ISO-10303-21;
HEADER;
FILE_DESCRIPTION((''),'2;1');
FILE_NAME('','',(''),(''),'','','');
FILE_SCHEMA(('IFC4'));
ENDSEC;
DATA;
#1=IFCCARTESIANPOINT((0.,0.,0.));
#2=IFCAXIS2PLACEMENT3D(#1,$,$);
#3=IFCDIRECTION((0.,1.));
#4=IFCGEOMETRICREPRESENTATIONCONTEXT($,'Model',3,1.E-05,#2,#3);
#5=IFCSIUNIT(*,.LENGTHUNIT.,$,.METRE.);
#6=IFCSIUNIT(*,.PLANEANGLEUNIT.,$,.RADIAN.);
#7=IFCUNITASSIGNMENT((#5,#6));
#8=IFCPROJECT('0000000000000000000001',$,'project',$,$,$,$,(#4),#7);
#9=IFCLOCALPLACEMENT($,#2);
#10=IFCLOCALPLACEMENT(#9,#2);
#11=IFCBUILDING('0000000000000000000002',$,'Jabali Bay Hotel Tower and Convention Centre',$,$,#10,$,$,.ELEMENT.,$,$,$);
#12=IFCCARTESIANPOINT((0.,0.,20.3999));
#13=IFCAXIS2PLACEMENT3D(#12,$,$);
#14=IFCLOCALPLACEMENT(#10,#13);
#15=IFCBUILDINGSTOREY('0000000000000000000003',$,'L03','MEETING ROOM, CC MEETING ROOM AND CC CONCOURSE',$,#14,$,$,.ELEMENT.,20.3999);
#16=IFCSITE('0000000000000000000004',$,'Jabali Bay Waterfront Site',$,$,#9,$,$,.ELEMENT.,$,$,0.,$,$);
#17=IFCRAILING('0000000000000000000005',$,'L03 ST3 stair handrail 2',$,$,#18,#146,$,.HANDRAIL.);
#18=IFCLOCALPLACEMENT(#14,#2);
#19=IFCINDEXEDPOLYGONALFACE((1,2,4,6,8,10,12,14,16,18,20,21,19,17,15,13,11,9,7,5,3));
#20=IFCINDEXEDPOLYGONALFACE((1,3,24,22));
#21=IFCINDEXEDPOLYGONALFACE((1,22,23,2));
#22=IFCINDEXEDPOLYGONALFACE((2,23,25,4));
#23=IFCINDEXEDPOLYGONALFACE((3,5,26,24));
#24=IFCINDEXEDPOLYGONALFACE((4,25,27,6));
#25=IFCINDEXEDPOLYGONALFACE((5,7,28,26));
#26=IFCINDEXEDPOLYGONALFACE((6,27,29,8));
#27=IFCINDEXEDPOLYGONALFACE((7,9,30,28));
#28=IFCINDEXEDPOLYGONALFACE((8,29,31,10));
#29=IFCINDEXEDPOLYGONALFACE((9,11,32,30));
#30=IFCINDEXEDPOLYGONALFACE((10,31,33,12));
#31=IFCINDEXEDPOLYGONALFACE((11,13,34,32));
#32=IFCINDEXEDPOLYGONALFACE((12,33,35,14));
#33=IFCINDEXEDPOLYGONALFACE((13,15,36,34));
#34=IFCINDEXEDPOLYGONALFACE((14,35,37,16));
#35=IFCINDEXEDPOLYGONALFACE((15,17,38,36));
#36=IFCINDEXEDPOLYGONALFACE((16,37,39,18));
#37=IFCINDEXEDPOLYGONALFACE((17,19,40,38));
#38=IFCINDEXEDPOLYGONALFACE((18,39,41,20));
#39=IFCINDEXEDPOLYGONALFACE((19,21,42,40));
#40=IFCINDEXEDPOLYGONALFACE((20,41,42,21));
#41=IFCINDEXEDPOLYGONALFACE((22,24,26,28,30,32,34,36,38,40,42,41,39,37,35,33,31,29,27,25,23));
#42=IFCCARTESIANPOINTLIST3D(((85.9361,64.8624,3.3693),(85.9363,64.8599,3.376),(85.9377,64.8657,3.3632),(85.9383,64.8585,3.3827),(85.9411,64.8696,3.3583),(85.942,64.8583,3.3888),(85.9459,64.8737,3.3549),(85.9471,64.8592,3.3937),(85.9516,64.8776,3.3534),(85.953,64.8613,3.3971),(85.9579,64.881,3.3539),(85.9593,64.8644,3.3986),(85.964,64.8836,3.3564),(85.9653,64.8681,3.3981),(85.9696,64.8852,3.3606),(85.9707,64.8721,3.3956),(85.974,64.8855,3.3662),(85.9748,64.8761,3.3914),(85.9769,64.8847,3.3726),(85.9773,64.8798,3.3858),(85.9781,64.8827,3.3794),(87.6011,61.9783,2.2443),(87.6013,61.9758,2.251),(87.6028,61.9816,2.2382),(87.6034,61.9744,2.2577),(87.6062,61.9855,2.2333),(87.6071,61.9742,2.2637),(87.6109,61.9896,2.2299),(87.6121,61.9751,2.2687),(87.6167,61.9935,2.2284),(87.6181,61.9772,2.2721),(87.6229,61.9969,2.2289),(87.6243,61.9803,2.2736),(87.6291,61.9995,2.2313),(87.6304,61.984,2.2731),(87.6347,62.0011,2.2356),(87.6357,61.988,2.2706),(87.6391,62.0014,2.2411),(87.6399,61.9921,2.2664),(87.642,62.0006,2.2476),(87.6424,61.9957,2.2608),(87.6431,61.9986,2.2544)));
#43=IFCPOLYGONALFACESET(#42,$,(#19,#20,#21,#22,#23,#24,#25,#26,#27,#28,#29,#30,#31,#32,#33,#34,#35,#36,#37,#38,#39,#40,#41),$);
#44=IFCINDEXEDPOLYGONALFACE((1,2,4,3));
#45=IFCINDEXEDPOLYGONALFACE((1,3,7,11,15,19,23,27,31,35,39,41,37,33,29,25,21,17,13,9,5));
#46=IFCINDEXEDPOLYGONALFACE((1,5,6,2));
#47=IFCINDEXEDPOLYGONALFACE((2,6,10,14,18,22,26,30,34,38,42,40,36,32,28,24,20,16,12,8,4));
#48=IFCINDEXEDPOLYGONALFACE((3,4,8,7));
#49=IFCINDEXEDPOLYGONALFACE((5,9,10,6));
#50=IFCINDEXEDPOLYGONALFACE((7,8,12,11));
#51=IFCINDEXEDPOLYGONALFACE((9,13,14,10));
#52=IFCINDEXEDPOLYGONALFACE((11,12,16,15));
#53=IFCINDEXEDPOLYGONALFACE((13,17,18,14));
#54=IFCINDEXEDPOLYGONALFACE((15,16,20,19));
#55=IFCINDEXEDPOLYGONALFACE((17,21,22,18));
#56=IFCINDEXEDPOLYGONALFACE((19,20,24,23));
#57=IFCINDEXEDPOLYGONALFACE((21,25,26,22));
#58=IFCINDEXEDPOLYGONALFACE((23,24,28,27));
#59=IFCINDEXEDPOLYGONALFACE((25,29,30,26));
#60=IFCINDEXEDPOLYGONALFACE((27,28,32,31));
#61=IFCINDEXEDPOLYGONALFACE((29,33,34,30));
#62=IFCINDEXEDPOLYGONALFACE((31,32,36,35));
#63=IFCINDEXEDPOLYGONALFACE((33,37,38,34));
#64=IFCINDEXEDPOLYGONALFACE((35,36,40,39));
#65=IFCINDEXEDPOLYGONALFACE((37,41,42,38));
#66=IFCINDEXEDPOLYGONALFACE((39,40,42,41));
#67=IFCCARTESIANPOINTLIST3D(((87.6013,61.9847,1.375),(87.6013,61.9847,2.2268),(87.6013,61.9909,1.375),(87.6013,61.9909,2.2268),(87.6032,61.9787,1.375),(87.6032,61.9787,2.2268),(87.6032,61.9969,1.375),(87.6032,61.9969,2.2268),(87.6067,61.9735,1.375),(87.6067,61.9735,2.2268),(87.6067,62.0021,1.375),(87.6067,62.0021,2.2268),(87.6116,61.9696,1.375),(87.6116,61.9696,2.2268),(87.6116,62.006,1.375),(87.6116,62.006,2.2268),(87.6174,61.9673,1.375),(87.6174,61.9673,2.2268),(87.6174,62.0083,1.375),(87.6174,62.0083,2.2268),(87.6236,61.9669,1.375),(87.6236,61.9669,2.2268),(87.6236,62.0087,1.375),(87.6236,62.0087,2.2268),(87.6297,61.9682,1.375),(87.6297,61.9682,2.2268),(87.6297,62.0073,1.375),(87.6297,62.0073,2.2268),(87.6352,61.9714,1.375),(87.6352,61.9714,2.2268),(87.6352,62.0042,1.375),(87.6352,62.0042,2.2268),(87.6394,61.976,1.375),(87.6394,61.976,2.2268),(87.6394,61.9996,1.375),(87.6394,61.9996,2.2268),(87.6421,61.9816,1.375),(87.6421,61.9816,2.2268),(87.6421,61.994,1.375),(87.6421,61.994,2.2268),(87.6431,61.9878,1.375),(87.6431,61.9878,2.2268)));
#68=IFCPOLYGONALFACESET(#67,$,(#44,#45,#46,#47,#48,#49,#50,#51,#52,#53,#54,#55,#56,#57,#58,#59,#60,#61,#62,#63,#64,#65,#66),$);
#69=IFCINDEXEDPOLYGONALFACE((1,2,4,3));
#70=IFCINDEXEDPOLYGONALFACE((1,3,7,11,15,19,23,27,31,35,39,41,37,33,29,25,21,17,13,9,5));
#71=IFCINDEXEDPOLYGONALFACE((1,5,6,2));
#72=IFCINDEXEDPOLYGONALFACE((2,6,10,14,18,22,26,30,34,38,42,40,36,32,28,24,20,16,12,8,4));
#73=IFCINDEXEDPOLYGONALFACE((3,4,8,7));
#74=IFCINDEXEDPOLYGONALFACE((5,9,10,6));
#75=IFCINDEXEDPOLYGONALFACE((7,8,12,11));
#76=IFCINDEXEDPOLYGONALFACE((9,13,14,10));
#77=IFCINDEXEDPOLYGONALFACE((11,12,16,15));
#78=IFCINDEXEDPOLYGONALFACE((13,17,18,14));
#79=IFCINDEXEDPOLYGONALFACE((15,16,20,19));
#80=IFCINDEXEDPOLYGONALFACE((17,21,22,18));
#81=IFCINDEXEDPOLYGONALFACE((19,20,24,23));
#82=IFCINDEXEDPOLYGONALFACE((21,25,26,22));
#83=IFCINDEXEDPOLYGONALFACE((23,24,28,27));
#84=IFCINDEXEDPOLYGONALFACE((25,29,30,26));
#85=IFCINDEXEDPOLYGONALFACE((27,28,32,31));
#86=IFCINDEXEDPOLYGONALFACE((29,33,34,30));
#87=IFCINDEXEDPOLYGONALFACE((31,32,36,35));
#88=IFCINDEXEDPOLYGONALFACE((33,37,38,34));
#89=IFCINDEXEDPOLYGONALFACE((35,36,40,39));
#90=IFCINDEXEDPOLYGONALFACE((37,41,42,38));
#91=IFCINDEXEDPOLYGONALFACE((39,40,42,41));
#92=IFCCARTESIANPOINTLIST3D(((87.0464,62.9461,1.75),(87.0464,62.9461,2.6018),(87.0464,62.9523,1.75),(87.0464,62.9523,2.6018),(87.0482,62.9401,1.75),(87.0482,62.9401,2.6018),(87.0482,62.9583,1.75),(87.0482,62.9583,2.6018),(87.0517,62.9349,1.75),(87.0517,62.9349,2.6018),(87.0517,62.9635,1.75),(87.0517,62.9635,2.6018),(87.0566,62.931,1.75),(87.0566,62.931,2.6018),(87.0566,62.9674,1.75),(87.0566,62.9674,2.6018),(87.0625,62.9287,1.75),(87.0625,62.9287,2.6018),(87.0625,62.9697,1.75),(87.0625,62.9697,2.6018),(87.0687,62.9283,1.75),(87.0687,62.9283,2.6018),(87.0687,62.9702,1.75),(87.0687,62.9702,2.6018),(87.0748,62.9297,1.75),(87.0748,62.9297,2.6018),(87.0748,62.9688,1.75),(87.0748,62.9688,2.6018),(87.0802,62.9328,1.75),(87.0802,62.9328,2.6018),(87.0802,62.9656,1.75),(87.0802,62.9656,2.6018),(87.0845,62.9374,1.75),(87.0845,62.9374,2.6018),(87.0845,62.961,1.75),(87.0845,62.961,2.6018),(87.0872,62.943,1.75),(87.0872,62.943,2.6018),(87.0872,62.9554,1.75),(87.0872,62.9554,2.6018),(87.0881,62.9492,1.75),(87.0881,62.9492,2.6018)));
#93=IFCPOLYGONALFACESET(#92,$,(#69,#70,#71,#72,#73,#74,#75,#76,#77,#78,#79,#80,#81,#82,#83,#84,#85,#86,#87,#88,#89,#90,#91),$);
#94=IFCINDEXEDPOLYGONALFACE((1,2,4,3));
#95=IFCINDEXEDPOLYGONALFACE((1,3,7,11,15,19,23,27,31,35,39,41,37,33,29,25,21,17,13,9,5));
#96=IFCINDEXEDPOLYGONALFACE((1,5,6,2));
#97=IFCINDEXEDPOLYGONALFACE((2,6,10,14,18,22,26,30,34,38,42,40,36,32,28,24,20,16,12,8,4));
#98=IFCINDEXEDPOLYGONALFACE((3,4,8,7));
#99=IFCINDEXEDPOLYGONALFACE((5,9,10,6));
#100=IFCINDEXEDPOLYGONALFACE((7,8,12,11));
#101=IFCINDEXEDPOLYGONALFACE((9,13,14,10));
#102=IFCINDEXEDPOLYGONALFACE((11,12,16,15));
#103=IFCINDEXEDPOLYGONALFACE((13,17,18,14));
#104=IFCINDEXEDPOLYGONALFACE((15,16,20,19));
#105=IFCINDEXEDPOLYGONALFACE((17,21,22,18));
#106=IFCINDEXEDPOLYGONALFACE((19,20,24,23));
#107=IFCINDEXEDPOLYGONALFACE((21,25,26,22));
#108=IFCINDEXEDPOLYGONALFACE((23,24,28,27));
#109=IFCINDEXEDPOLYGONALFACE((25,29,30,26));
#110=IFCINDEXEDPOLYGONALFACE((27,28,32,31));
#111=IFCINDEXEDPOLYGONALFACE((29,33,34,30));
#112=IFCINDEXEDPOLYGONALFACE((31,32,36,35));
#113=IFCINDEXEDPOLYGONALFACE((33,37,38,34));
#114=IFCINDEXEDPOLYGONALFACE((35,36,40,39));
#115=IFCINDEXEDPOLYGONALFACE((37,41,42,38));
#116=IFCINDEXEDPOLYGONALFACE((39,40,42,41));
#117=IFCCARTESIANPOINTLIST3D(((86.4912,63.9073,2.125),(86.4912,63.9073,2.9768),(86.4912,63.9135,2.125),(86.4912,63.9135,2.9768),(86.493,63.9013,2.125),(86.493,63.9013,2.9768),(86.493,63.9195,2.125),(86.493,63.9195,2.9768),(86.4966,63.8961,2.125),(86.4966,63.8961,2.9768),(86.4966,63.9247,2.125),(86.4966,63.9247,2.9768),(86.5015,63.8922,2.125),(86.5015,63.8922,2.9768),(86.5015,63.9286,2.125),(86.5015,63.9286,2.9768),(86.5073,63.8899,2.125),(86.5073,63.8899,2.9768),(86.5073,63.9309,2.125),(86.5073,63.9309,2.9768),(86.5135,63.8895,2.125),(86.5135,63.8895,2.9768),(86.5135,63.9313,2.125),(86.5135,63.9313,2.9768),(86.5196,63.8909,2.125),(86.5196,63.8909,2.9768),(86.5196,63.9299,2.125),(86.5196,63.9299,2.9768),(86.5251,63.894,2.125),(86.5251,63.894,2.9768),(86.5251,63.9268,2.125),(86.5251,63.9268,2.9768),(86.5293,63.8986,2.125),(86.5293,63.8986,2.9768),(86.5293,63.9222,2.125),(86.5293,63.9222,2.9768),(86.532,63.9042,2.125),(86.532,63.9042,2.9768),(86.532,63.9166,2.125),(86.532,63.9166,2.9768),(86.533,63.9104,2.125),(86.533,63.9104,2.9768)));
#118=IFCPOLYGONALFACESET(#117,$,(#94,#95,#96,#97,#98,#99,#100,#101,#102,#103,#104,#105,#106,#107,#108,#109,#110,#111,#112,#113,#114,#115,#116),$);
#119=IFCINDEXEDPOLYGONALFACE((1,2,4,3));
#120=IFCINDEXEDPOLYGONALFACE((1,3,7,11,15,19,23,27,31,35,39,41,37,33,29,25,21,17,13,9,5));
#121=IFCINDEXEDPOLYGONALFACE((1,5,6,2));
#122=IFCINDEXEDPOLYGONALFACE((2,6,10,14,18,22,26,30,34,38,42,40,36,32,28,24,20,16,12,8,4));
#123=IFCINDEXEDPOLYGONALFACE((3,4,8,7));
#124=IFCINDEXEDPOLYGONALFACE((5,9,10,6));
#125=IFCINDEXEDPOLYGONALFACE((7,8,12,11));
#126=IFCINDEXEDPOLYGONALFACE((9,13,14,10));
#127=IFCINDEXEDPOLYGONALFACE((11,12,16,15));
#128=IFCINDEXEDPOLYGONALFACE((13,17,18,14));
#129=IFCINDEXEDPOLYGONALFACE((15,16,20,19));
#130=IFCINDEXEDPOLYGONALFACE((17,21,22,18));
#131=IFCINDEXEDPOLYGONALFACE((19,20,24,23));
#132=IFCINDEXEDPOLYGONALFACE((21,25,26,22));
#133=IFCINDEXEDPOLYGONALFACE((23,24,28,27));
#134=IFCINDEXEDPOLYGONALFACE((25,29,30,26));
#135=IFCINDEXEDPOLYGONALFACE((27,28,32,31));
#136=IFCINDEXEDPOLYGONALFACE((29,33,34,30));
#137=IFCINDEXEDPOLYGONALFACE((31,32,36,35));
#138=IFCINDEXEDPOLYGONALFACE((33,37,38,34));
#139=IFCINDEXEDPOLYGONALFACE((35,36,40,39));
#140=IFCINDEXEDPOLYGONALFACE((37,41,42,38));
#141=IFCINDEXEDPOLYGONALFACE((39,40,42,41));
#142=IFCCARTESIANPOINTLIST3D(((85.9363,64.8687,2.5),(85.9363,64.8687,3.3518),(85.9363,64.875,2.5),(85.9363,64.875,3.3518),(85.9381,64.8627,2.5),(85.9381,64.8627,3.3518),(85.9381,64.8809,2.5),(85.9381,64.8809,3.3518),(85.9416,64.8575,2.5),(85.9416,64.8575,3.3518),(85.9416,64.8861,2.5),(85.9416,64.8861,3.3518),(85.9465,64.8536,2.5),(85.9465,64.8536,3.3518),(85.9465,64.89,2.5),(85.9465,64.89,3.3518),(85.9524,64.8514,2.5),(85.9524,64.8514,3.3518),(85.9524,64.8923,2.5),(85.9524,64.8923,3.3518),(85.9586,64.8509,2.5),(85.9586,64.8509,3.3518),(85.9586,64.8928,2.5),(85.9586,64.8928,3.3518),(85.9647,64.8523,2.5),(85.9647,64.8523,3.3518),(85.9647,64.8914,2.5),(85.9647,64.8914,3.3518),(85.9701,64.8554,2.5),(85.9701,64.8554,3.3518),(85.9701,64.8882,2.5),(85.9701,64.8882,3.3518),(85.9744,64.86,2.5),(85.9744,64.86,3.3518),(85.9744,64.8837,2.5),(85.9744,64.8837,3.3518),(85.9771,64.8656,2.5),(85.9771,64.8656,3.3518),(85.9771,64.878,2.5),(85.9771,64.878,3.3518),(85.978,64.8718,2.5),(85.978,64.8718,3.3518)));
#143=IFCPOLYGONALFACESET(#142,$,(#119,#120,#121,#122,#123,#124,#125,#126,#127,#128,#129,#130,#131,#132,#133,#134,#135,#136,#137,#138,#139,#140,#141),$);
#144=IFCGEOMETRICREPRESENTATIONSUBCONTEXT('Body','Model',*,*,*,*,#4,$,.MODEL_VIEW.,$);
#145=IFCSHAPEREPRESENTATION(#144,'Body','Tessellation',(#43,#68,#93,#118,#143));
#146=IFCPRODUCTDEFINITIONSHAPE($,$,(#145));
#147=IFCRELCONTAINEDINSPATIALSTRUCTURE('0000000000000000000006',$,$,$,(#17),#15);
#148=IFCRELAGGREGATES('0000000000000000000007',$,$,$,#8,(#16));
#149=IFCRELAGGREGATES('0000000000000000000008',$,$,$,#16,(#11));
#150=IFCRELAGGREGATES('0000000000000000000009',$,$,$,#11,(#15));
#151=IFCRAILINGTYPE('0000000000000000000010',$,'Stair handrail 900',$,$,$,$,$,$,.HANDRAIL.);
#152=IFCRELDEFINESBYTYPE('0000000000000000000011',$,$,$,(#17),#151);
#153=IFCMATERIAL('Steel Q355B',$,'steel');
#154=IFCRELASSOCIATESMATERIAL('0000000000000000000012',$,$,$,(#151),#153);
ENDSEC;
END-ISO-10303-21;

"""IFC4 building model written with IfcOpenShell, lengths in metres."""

from ifc_helpers import new_model, si_unit, direction, frame, origin, origin_2d, place, context, subcontext, project, spatial, circle, extrude, material, type_object, element, save


model = new_model("IFC4")

# Units and contexts
model_context = context("Model", 3, precision=1e-05, world=origin(), true_north=direction((0.0, 1.0)))
body_context = subcontext(model_context, "Body", "Model", "MODEL_VIEW")
ifc_project = project(units=[si_unit("LENGTHUNIT", "METRE"), si_unit("PLANEANGLEUNIT", "RADIAN")], contexts=[model_context])

# Site, building, storey
site_placement = place(None, origin())
site = spatial("IfcSite", under=ifc_project, at=site_placement, Name="Jabali Bay Waterfront Site", CompositionType="ELEMENT", RefElevation=0.0)
building_placement = place(site_placement, origin())
building = spatial("IfcBuilding", under=site, at=building_placement, Name="Jabali Bay Hotel Tower and Convention Centre", CompositionType="ELEMENT")
storey_placement = place(building_placement, frame((0.0, 0.0, 20.3999)))
storey = spatial("IfcBuildingStorey", under=building, at=storey_placement, Name="L03", Description="MEETING ROOM, CC MEETING ROOM AND CC CONCOURSE", CompositionType="ELEMENT", Elevation=20.3999)

# Railing
ifc_material_1 = material(Name="Steel Q355B", Category="steel")
railing_type_1 = type_object("IfcRailingType", Name="Stair handrail 900", PredefinedType="HANDRAIL", material=ifc_material_1)
for number, where, name in (
    (1, (87.6221, 61.9878, 1.375), "L03 ST3 stair handrail 2"),
):
    element("IfcRailing", number, at=place(storey_placement, frame(where)), inside=storey, type_object=railing_type_1, Name=name, PredefinedType="HANDRAIL", context=body_context, shape_type="SweptSolid", body=[
        extrude(circle(Radius=0.0239, at=origin_2d()), frame((0.0, 0.0, 0.876), z_axis=(-0.473688, 0.82048, 0.320052), x_axis=(-0.866033, -0.499987, 0.0)), (0.0, 0.0, 1.0), 3.5151),
        extrude(circle(Radius=0.021, at=origin_2d()), origin(), (0.0, 0.0, 1.0), 0.8518),
        extrude(circle(Radius=0.021, at=origin_2d()), frame((-0.5549, 0.9614, 0.375)), (0.0, 0.0, 1.0), 0.8518),
        extrude(circle(Radius=0.021, at=origin_2d()), frame((-1.1101, 1.9226, 0.75)), (0.0, 0.0, 1.0), 0.8518),
        extrude(circle(Radius=0.021, at=origin_2d()), frame((-1.665, 2.884, 1.125)), (0.0, 0.0, 1.0), 0.8518),
    ])

save(model, "model.ifc")
